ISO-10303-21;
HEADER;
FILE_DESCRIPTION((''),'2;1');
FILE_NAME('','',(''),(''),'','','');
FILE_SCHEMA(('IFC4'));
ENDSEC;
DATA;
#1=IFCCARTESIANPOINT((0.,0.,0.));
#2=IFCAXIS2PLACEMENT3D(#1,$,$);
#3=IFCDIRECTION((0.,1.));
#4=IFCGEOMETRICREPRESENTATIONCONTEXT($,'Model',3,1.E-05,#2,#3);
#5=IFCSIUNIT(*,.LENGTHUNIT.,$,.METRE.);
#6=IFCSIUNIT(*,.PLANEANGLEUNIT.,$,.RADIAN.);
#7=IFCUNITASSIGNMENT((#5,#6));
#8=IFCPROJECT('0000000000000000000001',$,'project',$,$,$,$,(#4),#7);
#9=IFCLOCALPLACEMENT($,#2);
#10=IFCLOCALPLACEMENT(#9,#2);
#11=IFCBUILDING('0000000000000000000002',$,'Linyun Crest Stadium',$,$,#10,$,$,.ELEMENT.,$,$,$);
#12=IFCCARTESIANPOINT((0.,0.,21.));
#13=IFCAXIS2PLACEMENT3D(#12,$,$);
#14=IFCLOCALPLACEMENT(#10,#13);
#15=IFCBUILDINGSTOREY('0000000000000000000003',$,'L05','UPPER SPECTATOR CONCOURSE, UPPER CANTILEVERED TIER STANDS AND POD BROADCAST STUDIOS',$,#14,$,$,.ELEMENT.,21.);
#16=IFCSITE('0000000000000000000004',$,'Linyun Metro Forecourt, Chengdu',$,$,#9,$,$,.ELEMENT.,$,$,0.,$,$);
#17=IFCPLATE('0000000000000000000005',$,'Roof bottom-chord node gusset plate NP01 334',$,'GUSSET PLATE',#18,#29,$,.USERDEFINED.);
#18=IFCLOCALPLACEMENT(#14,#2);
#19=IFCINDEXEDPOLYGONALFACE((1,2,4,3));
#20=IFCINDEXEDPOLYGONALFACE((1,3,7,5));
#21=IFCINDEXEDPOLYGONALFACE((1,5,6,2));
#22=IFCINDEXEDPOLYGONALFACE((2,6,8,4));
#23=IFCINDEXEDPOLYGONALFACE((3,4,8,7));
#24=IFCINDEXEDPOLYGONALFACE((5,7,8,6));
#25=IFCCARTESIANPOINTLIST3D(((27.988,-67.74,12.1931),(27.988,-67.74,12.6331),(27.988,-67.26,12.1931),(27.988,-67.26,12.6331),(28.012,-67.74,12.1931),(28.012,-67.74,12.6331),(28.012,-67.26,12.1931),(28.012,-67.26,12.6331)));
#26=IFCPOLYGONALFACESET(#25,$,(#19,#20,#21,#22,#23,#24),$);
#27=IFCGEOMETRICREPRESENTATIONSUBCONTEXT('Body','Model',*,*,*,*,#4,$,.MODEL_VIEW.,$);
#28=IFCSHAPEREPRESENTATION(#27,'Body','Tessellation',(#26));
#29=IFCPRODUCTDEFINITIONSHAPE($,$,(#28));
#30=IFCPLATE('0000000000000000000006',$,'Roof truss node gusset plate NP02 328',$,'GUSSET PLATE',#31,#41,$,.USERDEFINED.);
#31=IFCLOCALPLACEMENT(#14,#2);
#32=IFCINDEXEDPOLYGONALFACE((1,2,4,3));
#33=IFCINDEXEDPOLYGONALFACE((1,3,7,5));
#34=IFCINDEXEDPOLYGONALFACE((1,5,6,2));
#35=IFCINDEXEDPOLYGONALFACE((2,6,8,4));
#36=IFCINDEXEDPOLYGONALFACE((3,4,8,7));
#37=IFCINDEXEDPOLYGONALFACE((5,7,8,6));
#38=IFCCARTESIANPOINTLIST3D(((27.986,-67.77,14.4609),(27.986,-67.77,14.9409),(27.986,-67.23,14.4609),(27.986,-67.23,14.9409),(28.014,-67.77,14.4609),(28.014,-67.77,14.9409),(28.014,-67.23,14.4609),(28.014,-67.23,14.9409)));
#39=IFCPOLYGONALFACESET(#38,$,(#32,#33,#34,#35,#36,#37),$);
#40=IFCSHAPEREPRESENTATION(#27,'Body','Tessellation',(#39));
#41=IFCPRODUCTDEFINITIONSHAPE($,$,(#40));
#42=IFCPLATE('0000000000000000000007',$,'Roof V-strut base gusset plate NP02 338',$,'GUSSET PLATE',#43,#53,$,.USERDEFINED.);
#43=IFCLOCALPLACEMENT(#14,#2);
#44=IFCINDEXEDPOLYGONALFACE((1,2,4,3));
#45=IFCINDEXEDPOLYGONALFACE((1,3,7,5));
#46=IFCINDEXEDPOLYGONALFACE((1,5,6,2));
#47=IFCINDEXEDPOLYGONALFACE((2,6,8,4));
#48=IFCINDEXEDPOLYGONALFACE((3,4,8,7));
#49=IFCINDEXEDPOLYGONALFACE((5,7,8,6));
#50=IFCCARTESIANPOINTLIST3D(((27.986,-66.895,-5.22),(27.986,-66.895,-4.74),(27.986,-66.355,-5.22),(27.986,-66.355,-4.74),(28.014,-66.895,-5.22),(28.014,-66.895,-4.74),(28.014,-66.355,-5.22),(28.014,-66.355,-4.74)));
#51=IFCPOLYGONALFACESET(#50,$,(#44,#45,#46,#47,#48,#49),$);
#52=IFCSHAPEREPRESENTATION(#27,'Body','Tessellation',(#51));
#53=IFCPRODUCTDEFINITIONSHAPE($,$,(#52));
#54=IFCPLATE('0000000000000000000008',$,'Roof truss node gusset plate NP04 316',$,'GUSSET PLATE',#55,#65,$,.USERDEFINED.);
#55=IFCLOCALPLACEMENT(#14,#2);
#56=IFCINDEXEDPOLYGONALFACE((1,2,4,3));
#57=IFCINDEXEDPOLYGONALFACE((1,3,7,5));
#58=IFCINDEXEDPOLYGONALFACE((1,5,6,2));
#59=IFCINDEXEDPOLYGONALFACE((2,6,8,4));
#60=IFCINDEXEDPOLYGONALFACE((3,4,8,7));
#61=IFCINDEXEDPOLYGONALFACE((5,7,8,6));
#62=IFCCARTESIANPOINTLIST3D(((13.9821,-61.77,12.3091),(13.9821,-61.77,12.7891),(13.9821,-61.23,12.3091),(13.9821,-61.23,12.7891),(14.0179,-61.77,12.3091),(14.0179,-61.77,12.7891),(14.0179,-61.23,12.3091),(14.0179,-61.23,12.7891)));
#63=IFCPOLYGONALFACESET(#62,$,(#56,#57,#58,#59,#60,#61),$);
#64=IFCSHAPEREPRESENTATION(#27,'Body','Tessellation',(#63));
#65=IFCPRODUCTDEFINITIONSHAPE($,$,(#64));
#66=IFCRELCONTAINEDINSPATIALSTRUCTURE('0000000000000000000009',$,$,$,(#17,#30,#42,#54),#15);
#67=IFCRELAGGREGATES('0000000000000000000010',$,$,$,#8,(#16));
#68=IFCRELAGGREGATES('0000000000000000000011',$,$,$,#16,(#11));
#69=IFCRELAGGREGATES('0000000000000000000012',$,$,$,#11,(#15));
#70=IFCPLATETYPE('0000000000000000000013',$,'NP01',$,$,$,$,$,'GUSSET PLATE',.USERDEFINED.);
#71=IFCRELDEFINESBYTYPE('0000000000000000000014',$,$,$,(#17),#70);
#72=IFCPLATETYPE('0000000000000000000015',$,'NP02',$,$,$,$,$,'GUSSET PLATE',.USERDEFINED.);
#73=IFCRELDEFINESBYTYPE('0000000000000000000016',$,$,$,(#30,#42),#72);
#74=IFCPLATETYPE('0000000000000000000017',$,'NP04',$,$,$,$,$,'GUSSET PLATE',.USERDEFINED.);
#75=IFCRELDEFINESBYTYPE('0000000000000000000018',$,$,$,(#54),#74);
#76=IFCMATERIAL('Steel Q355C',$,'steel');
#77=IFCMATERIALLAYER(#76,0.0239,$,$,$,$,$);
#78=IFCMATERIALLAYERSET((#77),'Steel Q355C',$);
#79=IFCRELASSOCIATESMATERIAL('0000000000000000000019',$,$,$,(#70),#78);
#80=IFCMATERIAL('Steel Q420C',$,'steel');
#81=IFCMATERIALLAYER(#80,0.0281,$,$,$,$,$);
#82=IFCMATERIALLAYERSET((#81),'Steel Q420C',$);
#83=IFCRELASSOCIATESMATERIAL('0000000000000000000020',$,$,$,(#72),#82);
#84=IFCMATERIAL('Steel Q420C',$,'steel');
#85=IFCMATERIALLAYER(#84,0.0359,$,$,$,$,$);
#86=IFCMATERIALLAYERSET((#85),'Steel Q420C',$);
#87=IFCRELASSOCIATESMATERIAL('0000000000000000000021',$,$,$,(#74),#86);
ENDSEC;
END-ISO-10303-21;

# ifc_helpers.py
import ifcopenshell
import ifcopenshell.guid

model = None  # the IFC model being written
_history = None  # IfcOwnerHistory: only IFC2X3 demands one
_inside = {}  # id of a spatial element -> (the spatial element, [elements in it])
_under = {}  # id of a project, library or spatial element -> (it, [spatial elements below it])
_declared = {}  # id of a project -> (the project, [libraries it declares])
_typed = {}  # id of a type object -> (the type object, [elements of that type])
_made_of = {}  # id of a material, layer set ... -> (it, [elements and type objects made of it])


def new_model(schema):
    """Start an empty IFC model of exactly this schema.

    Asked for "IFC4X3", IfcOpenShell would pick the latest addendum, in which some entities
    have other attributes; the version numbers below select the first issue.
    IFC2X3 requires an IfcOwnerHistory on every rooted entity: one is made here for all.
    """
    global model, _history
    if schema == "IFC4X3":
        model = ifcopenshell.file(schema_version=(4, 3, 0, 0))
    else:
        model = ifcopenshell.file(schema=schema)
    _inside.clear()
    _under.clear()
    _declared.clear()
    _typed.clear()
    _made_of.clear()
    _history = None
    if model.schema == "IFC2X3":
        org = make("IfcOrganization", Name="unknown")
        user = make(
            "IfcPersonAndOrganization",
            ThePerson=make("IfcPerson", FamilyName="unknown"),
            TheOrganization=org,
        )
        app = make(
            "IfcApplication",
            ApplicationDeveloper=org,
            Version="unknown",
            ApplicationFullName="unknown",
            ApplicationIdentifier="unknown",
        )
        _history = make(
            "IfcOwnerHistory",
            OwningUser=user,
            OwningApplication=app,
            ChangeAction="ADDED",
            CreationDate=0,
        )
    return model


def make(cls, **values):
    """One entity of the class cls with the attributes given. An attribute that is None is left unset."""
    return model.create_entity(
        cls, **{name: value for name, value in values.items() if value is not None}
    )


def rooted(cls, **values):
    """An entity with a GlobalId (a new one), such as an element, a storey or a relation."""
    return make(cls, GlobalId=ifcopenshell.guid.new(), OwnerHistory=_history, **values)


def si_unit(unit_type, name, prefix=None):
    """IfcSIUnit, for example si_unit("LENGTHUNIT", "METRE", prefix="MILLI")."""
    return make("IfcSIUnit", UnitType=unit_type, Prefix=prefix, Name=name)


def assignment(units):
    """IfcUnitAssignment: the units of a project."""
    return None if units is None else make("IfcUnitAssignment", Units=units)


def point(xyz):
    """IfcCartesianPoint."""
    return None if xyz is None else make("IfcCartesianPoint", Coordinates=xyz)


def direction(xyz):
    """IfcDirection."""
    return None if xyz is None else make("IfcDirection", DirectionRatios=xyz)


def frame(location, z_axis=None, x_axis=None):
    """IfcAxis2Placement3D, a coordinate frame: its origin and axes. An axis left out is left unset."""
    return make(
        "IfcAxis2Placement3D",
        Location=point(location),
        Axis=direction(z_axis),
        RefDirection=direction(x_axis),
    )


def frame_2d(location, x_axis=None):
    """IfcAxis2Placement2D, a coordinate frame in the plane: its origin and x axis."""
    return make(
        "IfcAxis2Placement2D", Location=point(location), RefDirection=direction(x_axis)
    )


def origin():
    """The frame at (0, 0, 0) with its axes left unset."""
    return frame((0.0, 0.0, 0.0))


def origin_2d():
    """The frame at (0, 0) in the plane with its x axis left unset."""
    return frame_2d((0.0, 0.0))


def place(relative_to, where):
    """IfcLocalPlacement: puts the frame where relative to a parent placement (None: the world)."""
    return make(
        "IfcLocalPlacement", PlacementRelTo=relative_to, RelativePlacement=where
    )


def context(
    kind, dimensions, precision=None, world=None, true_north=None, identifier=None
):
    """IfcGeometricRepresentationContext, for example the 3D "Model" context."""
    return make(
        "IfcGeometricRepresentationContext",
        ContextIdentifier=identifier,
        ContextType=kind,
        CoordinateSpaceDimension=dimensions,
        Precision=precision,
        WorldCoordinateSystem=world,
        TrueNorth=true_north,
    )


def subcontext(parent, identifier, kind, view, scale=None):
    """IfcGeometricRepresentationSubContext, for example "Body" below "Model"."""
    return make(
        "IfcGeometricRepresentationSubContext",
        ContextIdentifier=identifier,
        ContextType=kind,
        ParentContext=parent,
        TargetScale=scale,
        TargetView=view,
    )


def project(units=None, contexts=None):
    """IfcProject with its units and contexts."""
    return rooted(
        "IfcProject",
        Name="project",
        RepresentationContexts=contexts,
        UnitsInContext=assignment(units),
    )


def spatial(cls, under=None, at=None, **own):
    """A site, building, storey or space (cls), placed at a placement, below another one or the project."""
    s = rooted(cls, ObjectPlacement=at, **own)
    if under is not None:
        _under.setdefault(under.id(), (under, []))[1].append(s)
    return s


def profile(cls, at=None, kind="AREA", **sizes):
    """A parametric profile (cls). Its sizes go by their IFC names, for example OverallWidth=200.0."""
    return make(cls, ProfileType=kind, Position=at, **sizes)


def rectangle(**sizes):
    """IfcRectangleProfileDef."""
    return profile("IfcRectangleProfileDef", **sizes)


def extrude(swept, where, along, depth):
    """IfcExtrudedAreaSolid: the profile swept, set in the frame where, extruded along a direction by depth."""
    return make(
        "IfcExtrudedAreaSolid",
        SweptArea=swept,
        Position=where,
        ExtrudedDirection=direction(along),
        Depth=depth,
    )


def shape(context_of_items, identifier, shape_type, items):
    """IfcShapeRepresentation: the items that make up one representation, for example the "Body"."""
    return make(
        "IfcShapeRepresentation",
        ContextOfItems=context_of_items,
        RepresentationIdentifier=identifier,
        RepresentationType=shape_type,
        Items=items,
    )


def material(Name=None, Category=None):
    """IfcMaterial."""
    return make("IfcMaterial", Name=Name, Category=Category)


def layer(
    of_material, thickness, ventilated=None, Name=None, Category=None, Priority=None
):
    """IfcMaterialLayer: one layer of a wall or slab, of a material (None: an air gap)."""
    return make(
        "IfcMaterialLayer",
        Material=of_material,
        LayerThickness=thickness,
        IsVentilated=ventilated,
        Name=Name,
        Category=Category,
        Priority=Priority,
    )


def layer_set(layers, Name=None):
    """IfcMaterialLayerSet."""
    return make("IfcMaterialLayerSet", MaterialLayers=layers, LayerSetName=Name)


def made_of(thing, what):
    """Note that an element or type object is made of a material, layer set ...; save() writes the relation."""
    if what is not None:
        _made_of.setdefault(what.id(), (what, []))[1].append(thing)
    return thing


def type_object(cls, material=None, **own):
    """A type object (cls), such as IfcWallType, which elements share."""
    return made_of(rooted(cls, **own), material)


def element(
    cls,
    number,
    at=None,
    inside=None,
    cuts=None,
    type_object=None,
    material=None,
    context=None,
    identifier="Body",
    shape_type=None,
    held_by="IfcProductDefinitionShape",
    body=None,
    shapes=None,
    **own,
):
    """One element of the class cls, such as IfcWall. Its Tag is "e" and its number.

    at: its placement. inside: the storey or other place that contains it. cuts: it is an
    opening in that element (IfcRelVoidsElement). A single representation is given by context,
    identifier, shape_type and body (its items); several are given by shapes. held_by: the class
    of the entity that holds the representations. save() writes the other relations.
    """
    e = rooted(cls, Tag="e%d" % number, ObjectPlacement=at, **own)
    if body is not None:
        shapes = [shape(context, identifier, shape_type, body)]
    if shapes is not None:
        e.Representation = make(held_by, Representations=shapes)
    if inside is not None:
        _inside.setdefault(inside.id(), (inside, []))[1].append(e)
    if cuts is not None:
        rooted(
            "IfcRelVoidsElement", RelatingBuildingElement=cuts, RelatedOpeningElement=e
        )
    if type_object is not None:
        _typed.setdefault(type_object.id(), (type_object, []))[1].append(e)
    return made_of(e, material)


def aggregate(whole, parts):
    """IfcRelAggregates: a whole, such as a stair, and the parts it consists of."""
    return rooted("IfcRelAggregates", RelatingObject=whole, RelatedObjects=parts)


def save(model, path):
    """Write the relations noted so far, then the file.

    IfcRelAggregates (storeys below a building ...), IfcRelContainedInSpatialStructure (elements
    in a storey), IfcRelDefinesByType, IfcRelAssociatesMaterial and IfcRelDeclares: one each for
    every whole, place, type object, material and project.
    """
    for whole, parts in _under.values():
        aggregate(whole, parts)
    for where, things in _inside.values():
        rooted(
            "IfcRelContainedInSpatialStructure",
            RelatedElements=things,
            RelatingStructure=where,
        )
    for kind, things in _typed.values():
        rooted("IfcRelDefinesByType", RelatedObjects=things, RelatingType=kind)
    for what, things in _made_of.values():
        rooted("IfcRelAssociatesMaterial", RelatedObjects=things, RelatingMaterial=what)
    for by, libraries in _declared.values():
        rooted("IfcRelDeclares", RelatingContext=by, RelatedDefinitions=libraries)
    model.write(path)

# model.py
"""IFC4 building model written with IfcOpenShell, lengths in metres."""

from ifc_helpers import new_model, si_unit, direction, frame, origin, origin_2d, place, context, subcontext, project, spatial, rectangle, extrude, material, layer, layer_set, type_object, element, save


model = new_model("IFC4")

# Units and contexts
model_context = context("Model", 3, precision=1e-05, world=origin(), true_north=direction((0.0, 1.0)))
body_context = subcontext(model_context, "Body", "Model", "MODEL_VIEW")
ifc_project = project(units=[si_unit("LENGTHUNIT", "METRE"), si_unit("PLANEANGLEUNIT", "RADIAN")], contexts=[model_context])

# Site, building, storey
site_placement = place(None, origin())
site = spatial("IfcSite", under=ifc_project, at=site_placement, Name="Linyun Metro Forecourt, Chengdu", CompositionType="ELEMENT", RefElevation=0.0)
building_placement = place(site_placement, origin())
building = spatial("IfcBuilding", under=site, at=building_placement, Name="Linyun Crest Stadium", CompositionType="ELEMENT")
storey_placement = place(building_placement, frame((0.0, 0.0, 21.0)))
storey = spatial("IfcBuildingStorey", under=building, at=storey_placement, Name="L05", Description="UPPER SPECTATOR CONCOURSE, UPPER CANTILEVERED TIER STANDS AND POD BROADCAST STUDIOS", CompositionType="ELEMENT", Elevation=21.0)

# Plates
ifc_material_1 = material(Name="Steel Q355C", Category="steel")
ifc_layer_1 = layer(ifc_material_1, 0.0239)
ifc_layer_set_1 = layer_set([ifc_layer_1], Name="Steel Q355C")
plate_type_1 = type_object("IfcPlateType", Name="NP01", ElementType="GUSSET PLATE", PredefinedType="USERDEFINED", material=ifc_layer_set_1)
for number, where, z_axis, x_axis, name in (
    (1, (28.0, -67.5, 12.1931), (0.0, 0.0, 1.0), (0.0, 1.0, 0.0), "Roof bottom-chord node gusset plate NP01 334"),
):
    element("IfcPlate", number, at=place(storey_placement, frame(where, z_axis=z_axis, x_axis=x_axis)), inside=storey, type_object=plate_type_1, Name=name, ObjectType="GUSSET PLATE", PredefinedType="USERDEFINED", context=body_context, shape_type="SweptSolid", body=[
        extrude(rectangle(XDim=0.48, YDim=0.0239, at=origin_2d()), origin(), (0.0, 0.0, 1.0), 0.4399),
    ])
ifc_material_2 = material(Name="Steel Q420C", Category="steel")
ifc_layer_2 = layer(ifc_material_2, 0.0281)
ifc_layer_set_2 = layer_set([ifc_layer_2], Name="Steel Q420C")
plate_type_2 = type_object("IfcPlateType", Name="NP02", ElementType="GUSSET PLATE", PredefinedType="USERDEFINED", material=ifc_layer_set_2)
for number, where, z_axis, x_axis, name in (
    (2, (28.0, -67.5, 14.4609), (0.0, 0.0, 1.0), (0.0, 1.0, 0.0), "Roof truss node gusset plate NP02 328"),
    (3, (28.0, -66.625, -5.22), (0.0, 0.0, 1.0), (0.0, 1.0, 0.0), "Roof V-strut base gusset plate NP02 338"),
):
    element("IfcPlate", number, at=place(storey_placement, frame(where, z_axis=z_axis, x_axis=x_axis)), inside=storey, type_object=plate_type_2, Name=name, ObjectType="GUSSET PLATE", PredefinedType="USERDEFINED", context=body_context, shape_type="SweptSolid", body=[
        extrude(rectangle(XDim=0.54, YDim=0.0281, at=origin_2d()), origin(), (0.0, 0.0, 1.0), 0.48),
    ])
ifc_material_3 = material(Name="Steel Q420C", Category="steel")
ifc_layer_3 = layer(ifc_material_3, 0.0359)
ifc_layer_set_3 = layer_set([ifc_layer_3], Name="Steel Q420C")
plate_type_3 = type_object("IfcPlateType", Name="NP04", ElementType="GUSSET PLATE", PredefinedType="USERDEFINED", material=ifc_layer_set_3)
plate_1_placement = place(storey_placement, frame((14.0, -61.5, 12.3091), z_axis=(0.0, 0.0, 1.0), x_axis=(0.0, 1.0, 0.0)))
element("IfcPlate", 4, at=plate_1_placement, inside=storey, type_object=plate_type_3, Name="Roof truss node gusset plate NP04 316", ObjectType="GUSSET PLATE", PredefinedType="USERDEFINED", context=body_context, shape_type="SweptSolid", body=[
    extrude(rectangle(XDim=0.54, YDim=0.0359, at=origin_2d()), origin(), (0.0, 0.0, 1.0), 0.48),
])

save(model, "model.ifc")
